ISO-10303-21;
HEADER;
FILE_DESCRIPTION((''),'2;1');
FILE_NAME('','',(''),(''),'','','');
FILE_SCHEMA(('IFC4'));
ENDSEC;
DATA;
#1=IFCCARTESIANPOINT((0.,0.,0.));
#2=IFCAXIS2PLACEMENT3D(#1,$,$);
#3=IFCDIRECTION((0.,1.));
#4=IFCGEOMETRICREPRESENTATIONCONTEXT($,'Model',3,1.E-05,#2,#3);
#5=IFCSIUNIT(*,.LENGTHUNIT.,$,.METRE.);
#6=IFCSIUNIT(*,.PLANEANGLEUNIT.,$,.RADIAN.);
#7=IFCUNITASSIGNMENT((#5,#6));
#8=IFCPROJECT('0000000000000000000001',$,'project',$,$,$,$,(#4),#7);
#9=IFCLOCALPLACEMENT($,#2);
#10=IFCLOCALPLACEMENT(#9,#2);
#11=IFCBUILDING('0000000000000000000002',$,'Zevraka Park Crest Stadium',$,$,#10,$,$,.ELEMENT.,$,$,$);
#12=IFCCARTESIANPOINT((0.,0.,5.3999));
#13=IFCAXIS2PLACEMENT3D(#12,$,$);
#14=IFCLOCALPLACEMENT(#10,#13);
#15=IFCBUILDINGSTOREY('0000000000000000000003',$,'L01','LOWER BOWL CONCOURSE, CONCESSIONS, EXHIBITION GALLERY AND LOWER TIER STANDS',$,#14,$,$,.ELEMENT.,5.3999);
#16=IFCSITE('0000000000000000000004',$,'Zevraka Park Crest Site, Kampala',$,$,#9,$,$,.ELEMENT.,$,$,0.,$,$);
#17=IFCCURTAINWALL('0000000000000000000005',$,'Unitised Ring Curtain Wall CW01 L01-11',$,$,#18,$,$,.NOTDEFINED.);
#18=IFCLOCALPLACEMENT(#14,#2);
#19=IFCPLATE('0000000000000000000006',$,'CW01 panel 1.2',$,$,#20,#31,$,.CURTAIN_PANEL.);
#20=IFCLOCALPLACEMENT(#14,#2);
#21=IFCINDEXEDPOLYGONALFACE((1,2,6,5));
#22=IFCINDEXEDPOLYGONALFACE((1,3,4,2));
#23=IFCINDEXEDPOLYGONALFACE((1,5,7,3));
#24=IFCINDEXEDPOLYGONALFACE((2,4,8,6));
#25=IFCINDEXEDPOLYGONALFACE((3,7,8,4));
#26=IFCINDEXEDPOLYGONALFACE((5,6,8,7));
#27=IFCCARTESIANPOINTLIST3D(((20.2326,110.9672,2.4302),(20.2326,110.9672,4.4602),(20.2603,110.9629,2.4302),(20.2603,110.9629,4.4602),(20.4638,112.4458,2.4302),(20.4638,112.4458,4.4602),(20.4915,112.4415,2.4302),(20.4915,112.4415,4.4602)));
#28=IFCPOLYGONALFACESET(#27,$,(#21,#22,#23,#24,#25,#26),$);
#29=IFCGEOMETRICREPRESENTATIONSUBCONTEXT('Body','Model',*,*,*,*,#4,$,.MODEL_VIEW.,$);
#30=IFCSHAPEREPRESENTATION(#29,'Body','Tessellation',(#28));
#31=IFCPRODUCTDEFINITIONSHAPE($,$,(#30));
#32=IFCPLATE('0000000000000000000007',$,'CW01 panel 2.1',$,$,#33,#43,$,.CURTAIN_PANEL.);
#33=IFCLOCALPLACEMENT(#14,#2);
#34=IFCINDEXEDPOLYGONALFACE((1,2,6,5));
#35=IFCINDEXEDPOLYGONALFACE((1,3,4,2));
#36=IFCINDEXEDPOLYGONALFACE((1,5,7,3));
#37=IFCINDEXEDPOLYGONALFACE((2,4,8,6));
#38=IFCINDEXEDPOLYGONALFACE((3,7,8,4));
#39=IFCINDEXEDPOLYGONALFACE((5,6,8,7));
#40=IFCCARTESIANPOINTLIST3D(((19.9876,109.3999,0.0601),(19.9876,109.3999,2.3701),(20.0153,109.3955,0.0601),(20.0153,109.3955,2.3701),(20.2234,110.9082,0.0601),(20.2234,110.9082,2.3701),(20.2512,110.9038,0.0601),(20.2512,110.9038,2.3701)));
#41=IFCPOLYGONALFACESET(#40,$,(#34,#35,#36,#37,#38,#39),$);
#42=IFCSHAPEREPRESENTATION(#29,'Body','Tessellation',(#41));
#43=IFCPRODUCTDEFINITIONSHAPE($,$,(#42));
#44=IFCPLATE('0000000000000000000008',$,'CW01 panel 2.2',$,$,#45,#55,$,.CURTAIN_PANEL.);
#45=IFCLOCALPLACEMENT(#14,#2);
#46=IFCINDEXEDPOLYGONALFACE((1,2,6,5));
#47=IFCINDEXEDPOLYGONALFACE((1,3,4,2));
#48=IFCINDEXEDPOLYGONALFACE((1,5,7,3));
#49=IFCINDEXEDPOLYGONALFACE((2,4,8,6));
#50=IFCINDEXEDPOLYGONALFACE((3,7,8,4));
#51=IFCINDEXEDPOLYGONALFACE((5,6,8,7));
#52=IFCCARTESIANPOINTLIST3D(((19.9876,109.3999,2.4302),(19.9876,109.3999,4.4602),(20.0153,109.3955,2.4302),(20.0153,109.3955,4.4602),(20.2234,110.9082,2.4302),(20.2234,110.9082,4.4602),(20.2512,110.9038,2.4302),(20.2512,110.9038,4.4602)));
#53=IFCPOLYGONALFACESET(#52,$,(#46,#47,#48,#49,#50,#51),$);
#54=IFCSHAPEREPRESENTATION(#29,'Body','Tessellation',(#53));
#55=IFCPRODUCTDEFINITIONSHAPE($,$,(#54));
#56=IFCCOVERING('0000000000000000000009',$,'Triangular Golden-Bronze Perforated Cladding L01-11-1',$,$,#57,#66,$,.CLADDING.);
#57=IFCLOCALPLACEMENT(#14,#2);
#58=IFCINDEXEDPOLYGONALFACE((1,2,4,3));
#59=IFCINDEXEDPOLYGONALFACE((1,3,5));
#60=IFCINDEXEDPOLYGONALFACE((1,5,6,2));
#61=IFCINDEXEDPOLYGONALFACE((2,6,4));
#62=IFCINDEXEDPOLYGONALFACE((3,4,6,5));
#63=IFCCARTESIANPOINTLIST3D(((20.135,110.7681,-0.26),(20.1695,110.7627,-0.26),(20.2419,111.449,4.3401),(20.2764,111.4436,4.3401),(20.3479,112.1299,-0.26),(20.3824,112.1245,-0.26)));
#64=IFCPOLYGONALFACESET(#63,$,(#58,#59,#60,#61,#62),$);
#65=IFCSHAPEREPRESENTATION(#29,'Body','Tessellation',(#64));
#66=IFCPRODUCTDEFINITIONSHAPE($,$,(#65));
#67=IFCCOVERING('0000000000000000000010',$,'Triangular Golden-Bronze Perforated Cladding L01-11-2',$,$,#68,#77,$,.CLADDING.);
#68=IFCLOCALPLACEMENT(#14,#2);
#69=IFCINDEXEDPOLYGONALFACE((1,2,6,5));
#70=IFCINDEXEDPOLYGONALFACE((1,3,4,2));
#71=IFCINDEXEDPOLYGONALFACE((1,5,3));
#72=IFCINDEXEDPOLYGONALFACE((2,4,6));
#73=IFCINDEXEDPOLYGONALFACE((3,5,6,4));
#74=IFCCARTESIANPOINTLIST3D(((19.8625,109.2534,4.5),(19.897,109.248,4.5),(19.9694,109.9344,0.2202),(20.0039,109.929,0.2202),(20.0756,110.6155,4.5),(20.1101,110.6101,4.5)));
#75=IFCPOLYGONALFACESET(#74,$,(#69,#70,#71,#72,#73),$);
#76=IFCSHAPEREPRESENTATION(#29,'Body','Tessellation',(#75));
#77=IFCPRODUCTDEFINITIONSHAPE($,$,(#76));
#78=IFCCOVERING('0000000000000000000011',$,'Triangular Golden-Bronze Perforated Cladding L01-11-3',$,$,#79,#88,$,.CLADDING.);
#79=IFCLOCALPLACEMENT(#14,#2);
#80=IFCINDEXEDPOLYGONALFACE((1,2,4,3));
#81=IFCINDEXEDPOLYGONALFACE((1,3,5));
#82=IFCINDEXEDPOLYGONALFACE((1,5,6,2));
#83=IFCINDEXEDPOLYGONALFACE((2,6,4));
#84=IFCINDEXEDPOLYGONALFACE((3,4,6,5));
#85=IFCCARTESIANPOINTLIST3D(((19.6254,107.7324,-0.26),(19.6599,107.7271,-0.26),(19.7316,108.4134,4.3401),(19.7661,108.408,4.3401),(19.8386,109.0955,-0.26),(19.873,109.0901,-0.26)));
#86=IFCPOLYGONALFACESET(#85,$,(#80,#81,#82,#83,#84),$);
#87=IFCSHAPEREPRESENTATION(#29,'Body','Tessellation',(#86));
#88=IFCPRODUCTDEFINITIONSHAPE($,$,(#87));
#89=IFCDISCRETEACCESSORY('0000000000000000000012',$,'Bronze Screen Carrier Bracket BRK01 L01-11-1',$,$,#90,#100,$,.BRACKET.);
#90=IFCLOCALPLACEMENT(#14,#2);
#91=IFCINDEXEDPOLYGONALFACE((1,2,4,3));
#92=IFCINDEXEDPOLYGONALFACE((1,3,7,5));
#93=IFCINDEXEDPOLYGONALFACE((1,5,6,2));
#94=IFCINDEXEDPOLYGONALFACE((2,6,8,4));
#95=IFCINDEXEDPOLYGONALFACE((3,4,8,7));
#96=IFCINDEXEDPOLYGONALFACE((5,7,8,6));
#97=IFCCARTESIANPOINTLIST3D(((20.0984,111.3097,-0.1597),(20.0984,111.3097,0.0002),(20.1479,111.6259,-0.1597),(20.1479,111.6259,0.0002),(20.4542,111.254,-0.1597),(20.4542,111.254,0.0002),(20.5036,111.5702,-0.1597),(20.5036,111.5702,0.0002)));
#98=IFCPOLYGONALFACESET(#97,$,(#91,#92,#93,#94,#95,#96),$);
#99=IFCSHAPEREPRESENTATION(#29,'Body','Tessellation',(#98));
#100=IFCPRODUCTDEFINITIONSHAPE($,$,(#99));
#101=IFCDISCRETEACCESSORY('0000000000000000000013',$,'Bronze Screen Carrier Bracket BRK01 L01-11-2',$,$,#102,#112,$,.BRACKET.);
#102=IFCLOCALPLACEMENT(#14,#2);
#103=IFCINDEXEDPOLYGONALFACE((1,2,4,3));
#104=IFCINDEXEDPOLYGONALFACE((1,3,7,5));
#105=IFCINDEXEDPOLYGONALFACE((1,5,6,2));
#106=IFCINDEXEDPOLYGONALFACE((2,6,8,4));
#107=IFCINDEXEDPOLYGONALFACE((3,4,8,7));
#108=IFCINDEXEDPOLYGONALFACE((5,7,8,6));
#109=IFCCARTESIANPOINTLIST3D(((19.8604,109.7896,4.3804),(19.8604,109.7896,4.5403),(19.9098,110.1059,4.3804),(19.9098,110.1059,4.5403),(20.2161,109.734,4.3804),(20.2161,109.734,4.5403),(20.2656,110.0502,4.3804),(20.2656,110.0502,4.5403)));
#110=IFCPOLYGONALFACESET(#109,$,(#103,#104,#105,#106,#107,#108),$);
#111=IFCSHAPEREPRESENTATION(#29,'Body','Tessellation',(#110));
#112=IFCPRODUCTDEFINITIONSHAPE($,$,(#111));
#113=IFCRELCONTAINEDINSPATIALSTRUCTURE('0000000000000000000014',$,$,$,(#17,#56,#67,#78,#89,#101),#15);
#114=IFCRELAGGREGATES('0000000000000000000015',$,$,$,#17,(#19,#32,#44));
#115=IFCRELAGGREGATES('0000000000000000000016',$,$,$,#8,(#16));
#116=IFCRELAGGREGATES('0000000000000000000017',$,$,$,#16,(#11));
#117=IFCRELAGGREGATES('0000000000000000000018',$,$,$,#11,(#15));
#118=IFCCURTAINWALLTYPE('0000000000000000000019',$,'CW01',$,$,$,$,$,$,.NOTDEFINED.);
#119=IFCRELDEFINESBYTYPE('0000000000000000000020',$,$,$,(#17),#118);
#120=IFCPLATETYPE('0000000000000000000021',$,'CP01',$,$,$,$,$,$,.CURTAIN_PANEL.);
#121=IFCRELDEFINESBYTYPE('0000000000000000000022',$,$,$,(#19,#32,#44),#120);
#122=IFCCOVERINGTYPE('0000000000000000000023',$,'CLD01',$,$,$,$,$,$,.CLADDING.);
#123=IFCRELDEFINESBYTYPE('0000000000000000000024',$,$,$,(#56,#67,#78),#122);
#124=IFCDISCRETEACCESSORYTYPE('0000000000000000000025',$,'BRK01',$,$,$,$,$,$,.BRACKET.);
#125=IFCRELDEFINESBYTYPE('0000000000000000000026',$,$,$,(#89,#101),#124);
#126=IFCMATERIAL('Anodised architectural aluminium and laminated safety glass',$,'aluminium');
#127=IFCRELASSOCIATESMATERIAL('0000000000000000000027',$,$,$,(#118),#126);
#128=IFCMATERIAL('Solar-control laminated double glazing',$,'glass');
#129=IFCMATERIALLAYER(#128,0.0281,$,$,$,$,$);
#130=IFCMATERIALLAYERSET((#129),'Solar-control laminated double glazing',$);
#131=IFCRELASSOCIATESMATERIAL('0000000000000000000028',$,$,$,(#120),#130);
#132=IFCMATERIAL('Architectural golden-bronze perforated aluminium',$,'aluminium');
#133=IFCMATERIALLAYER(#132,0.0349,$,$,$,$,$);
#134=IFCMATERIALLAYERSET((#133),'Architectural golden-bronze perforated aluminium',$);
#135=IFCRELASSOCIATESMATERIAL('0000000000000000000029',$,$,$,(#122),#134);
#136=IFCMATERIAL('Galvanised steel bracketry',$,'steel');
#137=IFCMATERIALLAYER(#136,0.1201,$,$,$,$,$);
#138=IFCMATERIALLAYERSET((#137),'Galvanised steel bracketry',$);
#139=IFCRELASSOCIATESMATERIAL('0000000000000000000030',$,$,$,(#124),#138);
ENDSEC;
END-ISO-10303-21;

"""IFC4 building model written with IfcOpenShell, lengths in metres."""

from ifc_helpers import new_model, si_unit, direction, frame, origin, origin_2d, place, context, subcontext, project, spatial, polyline, rectangle, outline, extrude, material, layer, layer_set, type_object, element, aggregate, save


model = new_model("IFC4")

# Units and contexts
model_context = context("Model", 3, precision=1e-05, world=origin(), true_north=direction((0.0, 1.0)))
body_context = subcontext(model_context, "Body", "Model", "MODEL_VIEW")
ifc_project = project(units=[si_unit("LENGTHUNIT", "METRE"), si_unit("PLANEANGLEUNIT", "RADIAN")], contexts=[model_context])

# Site, building, storey
site_placement = place(None, origin())
site = spatial("IfcSite", under=ifc_project, at=site_placement, Name="Zevraka Park Crest Site, Kampala", CompositionType="ELEMENT", RefElevation=0.0)
building_placement = place(site_placement, origin())
building = spatial("IfcBuilding", under=site, at=building_placement, Name="Zevraka Park Crest Stadium", CompositionType="ELEMENT")
storey_placement = place(building_placement, frame((0.0, 0.0, 5.3999)))
storey = spatial("IfcBuildingStorey", under=building, at=storey_placement, Name="L01", Description="LOWER BOWL CONCOURSE, CONCESSIONS, EXHIBITION GALLERY AND LOWER TIER STANDS", CompositionType="ELEMENT", Elevation=5.3999)

# Curtain wall
ifc_material_1 = material(Name="Anodised architectural aluminium and laminated safety glass", Category="aluminium")
curtain_wall_type = type_object("IfcCurtainWallType", Name="CW01", PredefinedType="NOTDEFINED", material=ifc_material_1)
curtain_wall_placement = place(storey_placement, origin())
curtain_wall = element("IfcCurtainWall", 1, at=curtain_wall_placement, inside=storey, type_object=curtain_wall_type, Name="Unitised Ring Curtain Wall CW01 L01-11", PredefinedType="NOTDEFINED")

# Plates
ifc_material_2 = material(Name="Solar-control laminated double glazing", Category="glass")
ifc_layer_1 = layer(ifc_material_2, 0.0281)
ifc_layer_set_1 = layer_set([ifc_layer_1], Name="Solar-control laminated double glazing")
plate_type = type_object("IfcPlateType", Name="CP01", PredefinedType="CURTAIN_PANEL", material=ifc_layer_set_1)
plate_1_placement = place(storey_placement, frame((20.3621, 111.7043, 2.4302), z_axis=(0.0, 0.0, 1.0), x_axis=(-0.154476, -0.987997, 0.0)))
plate_1 = element("IfcPlate", 2, at=plate_1_placement, type_object=plate_type, Name="CW01 panel 1.2", PredefinedType="CURTAIN_PANEL", context=body_context, shape_type="SweptSolid", body=[
    extrude(rectangle(XDim=1.4966, YDim=0.0281, at=origin_2d()), origin(), (0.0, 0.0, 1.0), 2.03),
])
plate_2_placement = place(storey_placement, frame((20.1194, 110.1519, 0.0601), z_axis=(0.0, 0.0, 1.0), x_axis=(-0.154476, -0.987997, 0.0)))
plate_2 = element("IfcPlate", 3, at=plate_2_placement, type_object=plate_type, Name="CW01 panel 2.1", PredefinedType="CURTAIN_PANEL", context=body_context, shape_type="SweptSolid", body=[
    extrude(rectangle(XDim=1.5266, YDim=0.0281, at=origin_2d()), origin(), (0.0, 0.0, 1.0), 2.3101),
])
plate_3_placement = place(storey_placement, frame((20.1194, 110.1519, 2.4302), z_axis=(0.0, 0.0, 1.0), x_axis=(-0.154476, -0.987997, 0.0)))
plate_3 = element("IfcPlate", 4, at=plate_3_placement, type_object=plate_type, Name="CW01 panel 2.2", PredefinedType="CURTAIN_PANEL", context=body_context, shape_type="SweptSolid", body=[
    extrude(rectangle(XDim=1.5266, YDim=0.0281, at=origin_2d()), origin(), (0.0, 0.0, 1.0), 2.03),
])
aggregate(curtain_wall, [plate_1, plate_2, plate_3])

# Coverings
ifc_material_3 = material(Name="Architectural golden-bronze perforated aluminium", Category="aluminium")
ifc_layer_2 = layer(ifc_material_3, 0.0349)
ifc_layer_set_2 = layer_set([ifc_layer_2], Name="Architectural golden-bronze perforated aluminium")
covering_type = type_object("IfcCoveringType", Name="CLD01", PredefinedType="CLADDING", material=ifc_layer_set_2)
covering_1_placement = place(storey_placement, frame((20.3479, 112.1299, -0.26), z_axis=(-0.988, 0.154453, 0.000105), x_axis=(-0.154453, -0.988, 0.0)))
element("IfcCovering", 5, at=covering_1_placement, inside=storey, type_object=covering_type, Name="Triangular Golden-Bronze Perforated Cladding L01-11-1", PredefinedType="CLADDING", context=body_context, shape_type="SweptSolid", body=[
    extrude(outline(polyline([(0.0, 0.0), (1.3784, 0.0), (0.6891, 4.6001), (0.0, 0.0)])), origin(), (0.0, 0.0, -1.0), 0.0349),
])
covering_2_placement = place(storey_placement, frame((19.897, 109.248, 4.5), z_axis=(0.987977, -0.154598, 0.000089), x_axis=(0.154598, 0.987977, 0.0)))
element("IfcCovering", 6, at=covering_2_placement, inside=storey, type_object=covering_type, Name="Triangular Golden-Bronze Perforated Cladding L01-11-2", PredefinedType="CLADDING", context=body_context, shape_type="SweptSolid", body=[
    extrude(outline(polyline([(0.0, 0.0), (1.3786, 0.0), (0.6893, -4.2798), (0.0, 0.0)])), origin(), (0.0, 0.0, -1.0), 0.0349),
])
covering_3_placement = place(storey_placement, frame((19.873, 109.0901, -0.26), z_axis=(0.987994, -0.15449, 0.000058), x_axis=(-0.15449, -0.987994, 0.0)))
element("IfcCovering", 7, at=covering_3_placement, inside=storey, type_object=covering_type, Name="Triangular Golden-Bronze Perforated Cladding L01-11-3", PredefinedType="CLADDING", context=body_context, shape_type="SweptSolid", body=[
    extrude(outline(polyline([(0.0, 0.0), (1.3796, 0.0), (0.6905, -4.6001), (0.0, 0.0)])), origin(), (0.0, 0.0, -1.0), 0.0349),
])

# Discrete accessories
ifc_material_4 = material(Name="Galvanised steel bracketry", Category="steel")
ifc_layer_3 = layer(ifc_material_4, 0.1201)
ifc_layer_set_3 = layer_set([ifc_layer_3], Name="Galvanised steel bracketry")
discrete_accessory_type = type_object("IfcDiscreteAccessoryType", Name="BRK01", PredefinedType="BRACKET", material=ifc_layer_set_3)
for number, where, z_axis, x_axis, name in (
    (8, (20.301, 111.4399, -0.1597), (0.0, 0.0, 1.0), (-0.154538, -0.987987, 0.0), "Bronze Screen Carrier Bracket BRK01 L01-11-1"),
    (9, (20.063, 109.9199, 4.3804), (0.0, 0.0, 1.0), (-0.154538, -0.987987, 0.0), "Bronze Screen Carrier Bracket BRK01 L01-11-2"),
):
    element("IfcDiscreteAccessory", number, at=place(storey_placement, frame(where, z_axis=z_axis, x_axis=x_axis)), inside=storey, type_object=discrete_accessory_type, Name=name, PredefinedType="BRACKET", context=body_context, shape_type="SweptSolid", body=[
        extrude(rectangle(XDim=0.3201, YDim=0.3601, at=origin_2d()), origin(), (0.0, 0.0, 1.0), 0.1599),
    ])

save(model, "model.ifc")
